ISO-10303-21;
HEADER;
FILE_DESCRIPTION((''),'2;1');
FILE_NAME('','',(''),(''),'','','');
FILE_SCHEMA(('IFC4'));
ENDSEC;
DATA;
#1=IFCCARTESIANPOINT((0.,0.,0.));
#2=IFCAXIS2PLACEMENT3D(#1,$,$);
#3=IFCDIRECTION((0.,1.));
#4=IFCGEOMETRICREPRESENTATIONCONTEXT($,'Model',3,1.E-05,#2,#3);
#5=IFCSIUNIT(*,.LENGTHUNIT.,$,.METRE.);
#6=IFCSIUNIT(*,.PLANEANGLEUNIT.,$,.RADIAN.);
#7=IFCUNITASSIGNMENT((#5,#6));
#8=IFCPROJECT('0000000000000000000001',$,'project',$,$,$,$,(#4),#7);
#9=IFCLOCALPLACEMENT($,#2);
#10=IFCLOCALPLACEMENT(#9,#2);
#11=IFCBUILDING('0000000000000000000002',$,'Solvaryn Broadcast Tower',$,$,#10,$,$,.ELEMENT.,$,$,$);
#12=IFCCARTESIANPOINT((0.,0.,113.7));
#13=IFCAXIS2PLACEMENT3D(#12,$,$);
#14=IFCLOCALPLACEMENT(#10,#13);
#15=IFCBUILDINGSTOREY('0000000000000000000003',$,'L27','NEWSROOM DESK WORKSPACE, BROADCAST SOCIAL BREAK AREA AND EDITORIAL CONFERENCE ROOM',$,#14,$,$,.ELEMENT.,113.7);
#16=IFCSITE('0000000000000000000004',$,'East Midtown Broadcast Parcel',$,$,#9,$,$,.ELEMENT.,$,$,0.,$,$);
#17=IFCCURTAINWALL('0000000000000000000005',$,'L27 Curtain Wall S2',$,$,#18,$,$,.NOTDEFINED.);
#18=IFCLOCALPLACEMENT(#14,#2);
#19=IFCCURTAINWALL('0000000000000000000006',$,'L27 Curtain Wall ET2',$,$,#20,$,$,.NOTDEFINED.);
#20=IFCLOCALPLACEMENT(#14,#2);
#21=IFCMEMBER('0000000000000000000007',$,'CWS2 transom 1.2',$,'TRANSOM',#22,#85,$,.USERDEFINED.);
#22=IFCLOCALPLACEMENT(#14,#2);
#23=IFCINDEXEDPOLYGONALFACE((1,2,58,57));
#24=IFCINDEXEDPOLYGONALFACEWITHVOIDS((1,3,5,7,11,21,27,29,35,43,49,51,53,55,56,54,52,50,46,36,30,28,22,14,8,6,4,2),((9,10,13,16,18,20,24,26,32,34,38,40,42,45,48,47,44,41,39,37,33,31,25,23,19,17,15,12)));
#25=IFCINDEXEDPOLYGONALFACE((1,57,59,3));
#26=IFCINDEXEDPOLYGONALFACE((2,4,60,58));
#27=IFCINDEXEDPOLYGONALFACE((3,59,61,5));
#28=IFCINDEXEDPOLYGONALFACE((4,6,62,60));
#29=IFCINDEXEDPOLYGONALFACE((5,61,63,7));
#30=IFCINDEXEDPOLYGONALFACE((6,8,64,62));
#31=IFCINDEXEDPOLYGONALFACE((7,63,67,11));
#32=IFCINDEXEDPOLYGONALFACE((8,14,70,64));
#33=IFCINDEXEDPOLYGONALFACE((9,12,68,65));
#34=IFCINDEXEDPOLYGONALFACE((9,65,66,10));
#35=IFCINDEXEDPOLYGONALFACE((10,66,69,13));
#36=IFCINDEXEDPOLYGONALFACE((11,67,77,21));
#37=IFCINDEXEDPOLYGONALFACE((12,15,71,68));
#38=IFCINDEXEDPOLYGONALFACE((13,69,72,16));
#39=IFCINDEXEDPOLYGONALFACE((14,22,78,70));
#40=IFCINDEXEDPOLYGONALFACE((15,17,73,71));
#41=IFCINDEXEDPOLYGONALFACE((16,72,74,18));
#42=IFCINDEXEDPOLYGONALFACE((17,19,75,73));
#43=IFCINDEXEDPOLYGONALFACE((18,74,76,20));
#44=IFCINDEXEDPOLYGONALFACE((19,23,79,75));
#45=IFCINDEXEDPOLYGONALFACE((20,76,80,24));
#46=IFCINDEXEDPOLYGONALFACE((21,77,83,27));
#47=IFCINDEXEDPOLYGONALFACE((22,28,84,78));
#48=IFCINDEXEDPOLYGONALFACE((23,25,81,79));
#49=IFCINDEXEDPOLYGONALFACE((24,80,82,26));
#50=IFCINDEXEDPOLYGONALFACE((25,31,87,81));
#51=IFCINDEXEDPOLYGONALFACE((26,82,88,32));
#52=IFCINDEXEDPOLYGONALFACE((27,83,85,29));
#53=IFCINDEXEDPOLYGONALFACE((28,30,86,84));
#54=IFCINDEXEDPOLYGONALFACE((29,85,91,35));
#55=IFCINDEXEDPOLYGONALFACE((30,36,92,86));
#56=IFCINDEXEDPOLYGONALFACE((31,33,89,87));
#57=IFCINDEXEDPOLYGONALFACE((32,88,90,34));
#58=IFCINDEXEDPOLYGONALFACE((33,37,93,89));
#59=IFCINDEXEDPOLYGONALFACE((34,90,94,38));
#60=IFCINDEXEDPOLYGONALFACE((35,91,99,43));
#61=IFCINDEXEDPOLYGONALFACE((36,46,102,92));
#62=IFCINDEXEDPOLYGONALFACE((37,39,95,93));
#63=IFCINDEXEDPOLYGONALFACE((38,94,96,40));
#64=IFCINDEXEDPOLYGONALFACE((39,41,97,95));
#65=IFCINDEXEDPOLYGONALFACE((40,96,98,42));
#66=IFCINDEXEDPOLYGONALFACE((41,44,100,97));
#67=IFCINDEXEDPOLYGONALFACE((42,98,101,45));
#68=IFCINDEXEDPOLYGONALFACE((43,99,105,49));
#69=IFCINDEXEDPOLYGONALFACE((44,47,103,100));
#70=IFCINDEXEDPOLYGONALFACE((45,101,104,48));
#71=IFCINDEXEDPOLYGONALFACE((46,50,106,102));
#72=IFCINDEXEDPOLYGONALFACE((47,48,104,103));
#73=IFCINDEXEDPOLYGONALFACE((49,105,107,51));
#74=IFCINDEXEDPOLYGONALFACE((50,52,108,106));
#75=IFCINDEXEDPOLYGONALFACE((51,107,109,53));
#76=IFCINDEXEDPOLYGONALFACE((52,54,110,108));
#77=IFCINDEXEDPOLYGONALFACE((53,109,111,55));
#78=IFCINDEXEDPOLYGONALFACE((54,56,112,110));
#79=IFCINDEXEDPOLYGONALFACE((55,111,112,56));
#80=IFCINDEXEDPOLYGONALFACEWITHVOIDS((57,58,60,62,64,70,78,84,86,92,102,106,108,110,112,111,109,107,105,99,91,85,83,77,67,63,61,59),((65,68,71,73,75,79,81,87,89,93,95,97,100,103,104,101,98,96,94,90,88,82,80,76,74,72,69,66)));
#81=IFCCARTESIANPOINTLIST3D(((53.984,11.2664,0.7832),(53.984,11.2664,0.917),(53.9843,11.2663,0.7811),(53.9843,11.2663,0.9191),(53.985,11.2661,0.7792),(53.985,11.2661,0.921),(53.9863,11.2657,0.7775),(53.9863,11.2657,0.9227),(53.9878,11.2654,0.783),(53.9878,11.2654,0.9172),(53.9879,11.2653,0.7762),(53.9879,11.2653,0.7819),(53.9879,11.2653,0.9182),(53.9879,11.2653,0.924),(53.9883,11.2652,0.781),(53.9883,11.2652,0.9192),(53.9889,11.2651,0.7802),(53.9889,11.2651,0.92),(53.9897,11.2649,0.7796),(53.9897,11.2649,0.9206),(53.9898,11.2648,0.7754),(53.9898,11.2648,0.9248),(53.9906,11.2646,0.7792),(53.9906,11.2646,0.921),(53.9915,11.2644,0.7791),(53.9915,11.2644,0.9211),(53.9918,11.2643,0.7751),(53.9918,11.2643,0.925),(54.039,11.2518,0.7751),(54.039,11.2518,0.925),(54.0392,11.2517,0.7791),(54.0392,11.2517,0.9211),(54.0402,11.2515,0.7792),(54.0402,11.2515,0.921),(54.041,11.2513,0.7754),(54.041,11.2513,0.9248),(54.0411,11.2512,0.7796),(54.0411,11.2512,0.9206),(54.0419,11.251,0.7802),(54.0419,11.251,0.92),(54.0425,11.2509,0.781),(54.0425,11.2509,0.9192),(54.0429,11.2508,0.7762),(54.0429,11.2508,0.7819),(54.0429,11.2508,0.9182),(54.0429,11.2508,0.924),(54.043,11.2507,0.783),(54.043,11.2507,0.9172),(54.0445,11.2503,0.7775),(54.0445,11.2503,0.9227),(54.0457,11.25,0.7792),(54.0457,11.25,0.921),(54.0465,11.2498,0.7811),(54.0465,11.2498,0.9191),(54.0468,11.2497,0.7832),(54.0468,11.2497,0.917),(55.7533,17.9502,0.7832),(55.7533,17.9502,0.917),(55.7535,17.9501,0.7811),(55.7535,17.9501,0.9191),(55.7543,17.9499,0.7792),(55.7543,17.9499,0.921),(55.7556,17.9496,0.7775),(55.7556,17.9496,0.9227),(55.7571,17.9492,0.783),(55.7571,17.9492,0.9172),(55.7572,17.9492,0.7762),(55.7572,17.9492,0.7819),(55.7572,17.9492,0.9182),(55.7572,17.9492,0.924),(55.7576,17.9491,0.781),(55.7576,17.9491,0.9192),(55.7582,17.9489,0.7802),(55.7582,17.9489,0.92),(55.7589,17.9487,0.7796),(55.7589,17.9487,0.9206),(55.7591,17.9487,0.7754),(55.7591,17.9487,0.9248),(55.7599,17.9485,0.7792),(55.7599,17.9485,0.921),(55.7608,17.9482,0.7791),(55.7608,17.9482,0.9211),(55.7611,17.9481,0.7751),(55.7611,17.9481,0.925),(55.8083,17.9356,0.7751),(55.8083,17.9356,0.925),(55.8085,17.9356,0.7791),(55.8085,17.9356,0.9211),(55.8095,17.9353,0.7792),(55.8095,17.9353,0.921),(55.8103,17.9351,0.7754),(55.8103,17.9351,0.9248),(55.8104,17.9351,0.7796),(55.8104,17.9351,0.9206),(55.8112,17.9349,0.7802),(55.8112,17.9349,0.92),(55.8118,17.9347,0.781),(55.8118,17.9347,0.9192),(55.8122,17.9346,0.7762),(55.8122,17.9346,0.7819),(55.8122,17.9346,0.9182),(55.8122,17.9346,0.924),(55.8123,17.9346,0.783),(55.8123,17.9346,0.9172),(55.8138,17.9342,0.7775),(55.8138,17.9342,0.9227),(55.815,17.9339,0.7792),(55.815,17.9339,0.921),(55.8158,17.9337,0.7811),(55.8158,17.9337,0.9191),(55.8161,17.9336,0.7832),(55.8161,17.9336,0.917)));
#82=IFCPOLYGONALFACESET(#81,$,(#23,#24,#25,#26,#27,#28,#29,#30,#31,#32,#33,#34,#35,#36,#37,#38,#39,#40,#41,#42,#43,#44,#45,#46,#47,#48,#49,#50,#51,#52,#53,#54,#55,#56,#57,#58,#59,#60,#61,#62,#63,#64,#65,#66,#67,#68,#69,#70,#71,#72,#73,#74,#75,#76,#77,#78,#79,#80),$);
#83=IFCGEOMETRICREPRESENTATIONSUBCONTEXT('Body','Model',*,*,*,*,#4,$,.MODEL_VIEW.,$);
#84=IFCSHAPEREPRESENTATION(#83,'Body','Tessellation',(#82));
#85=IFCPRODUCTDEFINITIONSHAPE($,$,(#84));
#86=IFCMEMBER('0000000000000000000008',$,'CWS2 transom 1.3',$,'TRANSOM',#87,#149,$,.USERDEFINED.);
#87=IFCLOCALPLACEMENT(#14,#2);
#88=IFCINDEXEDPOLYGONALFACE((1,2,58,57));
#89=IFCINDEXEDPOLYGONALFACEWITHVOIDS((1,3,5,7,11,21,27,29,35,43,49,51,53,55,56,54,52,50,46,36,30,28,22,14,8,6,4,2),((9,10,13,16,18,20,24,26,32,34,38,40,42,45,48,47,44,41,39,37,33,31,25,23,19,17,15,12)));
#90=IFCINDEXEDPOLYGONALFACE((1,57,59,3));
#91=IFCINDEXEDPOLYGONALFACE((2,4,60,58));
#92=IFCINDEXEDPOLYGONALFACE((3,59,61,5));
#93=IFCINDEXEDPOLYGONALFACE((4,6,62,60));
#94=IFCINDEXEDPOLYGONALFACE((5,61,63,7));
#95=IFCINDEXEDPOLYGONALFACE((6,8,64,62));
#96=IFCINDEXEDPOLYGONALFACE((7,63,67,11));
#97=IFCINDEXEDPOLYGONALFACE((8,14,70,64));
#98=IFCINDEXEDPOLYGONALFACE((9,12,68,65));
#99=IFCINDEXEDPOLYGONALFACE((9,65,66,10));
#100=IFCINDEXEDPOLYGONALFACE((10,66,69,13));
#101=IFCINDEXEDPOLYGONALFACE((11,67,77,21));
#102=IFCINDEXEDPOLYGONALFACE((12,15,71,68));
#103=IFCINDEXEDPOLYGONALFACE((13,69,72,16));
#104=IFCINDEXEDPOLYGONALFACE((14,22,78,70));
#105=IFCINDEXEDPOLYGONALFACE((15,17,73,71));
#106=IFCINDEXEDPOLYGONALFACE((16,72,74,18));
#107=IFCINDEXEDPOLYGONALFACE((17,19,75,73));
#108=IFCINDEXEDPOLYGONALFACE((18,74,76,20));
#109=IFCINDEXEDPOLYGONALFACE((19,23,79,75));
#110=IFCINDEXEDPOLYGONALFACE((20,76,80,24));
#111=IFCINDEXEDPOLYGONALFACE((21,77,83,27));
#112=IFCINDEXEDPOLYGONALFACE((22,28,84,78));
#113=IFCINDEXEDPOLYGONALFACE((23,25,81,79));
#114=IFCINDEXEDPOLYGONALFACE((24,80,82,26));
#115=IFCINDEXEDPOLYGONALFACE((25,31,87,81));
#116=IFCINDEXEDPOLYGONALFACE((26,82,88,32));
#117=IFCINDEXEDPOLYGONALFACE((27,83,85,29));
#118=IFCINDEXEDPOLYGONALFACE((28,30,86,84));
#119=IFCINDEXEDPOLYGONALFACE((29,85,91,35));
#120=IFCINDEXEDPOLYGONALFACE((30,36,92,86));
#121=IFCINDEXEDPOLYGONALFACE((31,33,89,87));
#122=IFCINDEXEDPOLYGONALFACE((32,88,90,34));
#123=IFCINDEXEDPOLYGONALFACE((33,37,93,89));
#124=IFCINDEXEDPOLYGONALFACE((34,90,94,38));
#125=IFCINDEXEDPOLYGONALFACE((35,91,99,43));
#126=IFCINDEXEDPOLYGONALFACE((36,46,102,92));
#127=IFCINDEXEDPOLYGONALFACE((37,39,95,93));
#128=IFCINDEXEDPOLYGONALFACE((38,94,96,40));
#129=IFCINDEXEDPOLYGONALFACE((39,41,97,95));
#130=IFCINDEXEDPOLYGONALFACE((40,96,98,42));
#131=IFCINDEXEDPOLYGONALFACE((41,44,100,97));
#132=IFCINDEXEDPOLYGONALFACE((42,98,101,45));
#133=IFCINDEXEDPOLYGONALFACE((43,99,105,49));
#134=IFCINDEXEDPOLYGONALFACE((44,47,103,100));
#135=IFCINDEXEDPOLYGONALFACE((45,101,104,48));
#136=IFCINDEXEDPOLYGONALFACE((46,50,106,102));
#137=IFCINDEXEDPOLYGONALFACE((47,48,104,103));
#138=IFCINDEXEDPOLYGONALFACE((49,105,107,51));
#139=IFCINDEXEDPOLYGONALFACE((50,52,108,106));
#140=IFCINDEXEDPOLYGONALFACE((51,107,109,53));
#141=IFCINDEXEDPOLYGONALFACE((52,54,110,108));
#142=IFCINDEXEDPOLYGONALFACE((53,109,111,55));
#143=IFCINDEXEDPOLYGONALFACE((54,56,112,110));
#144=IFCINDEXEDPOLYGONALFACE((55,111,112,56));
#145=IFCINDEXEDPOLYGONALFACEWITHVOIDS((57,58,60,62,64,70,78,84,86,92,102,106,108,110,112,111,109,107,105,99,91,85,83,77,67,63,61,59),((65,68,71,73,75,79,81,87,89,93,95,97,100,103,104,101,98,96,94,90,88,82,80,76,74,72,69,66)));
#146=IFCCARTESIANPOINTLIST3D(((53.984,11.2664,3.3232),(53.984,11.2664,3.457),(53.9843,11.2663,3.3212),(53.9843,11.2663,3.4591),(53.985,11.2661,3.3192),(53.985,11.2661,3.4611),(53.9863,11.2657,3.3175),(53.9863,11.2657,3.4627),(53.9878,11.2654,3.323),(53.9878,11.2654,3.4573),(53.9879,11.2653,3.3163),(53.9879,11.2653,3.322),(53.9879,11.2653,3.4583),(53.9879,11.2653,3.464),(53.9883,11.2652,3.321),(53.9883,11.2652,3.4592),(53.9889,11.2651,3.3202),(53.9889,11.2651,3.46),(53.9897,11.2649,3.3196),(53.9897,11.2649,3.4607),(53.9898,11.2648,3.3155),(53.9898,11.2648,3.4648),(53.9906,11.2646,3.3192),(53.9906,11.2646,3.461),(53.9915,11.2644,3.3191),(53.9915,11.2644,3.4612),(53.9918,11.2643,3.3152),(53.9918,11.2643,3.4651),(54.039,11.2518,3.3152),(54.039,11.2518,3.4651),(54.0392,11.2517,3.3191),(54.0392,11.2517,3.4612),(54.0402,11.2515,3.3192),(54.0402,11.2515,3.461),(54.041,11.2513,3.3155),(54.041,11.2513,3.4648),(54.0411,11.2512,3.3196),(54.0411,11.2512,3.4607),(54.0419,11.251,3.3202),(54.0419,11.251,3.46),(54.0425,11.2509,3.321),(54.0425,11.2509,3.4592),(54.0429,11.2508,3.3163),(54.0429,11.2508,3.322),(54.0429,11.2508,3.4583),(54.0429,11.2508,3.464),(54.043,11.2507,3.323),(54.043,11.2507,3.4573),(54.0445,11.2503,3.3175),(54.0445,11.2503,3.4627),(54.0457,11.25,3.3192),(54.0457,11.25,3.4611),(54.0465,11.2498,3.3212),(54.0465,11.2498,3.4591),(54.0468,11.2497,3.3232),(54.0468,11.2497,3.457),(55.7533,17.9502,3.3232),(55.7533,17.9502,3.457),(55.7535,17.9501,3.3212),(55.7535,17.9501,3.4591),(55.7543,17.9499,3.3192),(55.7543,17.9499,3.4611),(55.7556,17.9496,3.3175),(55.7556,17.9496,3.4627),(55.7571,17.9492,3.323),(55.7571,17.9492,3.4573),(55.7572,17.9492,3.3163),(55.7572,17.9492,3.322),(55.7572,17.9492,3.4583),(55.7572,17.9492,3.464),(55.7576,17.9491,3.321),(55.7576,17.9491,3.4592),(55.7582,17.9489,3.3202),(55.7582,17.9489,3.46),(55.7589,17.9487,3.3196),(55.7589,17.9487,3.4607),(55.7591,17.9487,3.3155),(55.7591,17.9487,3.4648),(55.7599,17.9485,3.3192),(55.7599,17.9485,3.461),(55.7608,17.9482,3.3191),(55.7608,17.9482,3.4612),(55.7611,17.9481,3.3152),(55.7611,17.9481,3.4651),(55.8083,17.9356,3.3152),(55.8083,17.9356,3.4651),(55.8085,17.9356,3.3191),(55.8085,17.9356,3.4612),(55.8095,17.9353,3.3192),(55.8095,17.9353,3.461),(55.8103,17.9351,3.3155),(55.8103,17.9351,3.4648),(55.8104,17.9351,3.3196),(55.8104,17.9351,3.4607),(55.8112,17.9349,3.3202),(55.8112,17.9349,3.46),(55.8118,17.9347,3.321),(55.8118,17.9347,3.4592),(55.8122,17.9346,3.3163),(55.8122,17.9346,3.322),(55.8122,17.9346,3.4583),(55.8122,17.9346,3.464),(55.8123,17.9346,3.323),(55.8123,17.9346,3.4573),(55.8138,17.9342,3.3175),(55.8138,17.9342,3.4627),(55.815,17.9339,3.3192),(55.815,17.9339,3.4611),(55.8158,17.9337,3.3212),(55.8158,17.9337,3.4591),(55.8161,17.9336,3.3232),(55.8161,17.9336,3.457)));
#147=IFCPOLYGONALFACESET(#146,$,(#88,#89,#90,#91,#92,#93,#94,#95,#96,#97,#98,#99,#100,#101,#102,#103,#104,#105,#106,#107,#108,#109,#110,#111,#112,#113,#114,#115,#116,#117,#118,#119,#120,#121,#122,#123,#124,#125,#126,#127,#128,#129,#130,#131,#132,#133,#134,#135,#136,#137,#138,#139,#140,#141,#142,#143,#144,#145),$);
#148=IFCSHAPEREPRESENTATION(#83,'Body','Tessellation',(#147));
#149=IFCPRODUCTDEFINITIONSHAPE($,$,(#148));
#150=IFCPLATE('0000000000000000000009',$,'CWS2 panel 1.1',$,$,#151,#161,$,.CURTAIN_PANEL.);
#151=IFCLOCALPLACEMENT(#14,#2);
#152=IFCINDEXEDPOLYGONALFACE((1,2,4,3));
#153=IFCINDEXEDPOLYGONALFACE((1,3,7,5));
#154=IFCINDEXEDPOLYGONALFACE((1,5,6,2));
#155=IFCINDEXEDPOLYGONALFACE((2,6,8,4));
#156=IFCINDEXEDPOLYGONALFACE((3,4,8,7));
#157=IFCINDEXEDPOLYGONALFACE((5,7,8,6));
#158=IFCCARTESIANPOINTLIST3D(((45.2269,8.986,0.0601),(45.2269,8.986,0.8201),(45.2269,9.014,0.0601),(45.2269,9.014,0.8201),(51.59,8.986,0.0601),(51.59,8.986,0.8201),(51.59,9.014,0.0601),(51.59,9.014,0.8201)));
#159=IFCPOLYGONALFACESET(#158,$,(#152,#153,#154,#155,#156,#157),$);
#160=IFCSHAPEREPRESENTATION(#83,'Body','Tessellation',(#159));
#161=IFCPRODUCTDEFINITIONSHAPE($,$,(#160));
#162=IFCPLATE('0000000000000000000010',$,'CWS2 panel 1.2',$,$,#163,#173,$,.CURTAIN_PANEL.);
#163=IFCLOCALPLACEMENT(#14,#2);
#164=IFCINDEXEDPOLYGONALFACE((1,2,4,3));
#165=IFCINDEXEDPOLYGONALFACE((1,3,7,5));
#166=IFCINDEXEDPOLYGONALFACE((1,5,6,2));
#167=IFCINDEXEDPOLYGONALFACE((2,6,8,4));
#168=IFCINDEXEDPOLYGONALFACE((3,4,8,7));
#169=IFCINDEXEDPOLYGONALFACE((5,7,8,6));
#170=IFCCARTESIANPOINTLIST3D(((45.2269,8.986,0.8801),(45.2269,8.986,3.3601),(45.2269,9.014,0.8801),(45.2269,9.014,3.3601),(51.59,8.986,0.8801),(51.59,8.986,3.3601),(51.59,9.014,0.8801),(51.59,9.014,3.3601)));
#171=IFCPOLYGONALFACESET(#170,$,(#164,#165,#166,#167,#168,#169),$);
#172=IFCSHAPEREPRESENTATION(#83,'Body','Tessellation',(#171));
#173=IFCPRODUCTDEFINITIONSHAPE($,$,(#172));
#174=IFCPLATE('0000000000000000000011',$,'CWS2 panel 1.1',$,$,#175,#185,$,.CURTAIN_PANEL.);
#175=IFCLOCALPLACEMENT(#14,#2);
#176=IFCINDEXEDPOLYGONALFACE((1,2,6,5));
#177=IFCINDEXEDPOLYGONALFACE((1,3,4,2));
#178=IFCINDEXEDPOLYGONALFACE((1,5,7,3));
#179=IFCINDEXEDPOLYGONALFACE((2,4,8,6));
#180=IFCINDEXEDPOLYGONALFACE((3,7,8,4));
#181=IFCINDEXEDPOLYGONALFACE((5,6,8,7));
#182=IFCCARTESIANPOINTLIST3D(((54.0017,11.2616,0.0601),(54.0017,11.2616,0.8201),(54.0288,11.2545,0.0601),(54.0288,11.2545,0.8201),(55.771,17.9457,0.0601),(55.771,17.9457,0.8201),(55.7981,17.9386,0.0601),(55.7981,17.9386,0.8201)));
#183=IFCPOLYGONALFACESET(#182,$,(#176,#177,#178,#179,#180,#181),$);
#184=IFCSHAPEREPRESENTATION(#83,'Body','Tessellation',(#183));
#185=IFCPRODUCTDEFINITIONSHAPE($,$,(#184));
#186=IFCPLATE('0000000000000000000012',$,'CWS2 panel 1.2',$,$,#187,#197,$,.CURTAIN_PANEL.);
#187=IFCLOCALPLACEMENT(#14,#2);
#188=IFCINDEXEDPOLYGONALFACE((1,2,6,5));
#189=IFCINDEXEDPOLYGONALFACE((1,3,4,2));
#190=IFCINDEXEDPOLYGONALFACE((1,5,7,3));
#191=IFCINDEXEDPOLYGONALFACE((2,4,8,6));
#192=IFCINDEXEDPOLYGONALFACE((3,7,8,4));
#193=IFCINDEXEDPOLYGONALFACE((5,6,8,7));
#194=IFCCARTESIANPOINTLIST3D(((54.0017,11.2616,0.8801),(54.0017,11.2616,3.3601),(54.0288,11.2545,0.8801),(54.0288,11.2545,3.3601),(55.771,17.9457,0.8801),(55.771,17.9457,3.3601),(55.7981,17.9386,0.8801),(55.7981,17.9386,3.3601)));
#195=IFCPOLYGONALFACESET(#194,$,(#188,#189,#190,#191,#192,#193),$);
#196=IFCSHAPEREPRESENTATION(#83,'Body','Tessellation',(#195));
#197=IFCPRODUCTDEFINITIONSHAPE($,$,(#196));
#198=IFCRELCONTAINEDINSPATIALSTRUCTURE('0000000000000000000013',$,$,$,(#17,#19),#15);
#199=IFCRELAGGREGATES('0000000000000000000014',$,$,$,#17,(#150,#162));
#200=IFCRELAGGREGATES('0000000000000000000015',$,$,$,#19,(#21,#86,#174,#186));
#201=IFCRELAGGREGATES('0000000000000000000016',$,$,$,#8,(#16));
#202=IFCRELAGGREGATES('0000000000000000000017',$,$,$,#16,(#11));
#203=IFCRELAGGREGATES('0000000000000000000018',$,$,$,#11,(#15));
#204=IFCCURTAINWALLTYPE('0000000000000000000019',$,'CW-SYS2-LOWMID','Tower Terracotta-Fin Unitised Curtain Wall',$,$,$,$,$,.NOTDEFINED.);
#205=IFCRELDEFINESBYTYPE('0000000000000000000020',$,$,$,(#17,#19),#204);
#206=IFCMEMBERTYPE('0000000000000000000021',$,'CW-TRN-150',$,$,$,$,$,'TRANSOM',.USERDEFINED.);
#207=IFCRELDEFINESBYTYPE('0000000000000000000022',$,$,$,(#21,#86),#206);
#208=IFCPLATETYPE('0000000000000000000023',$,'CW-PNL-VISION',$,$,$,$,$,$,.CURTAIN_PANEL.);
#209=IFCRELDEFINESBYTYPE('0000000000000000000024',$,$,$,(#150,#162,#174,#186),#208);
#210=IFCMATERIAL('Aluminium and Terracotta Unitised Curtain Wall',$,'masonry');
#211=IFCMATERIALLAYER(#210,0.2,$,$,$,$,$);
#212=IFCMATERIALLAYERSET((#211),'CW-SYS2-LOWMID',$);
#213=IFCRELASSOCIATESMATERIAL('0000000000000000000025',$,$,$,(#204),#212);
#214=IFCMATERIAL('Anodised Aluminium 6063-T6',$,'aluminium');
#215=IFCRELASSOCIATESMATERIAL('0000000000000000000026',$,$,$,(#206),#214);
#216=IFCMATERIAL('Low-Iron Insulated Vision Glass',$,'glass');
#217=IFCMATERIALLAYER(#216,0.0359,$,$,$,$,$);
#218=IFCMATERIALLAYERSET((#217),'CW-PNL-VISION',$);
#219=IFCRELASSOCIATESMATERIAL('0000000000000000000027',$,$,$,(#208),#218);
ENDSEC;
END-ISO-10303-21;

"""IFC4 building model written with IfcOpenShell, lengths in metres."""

from ifc_helpers import new_model, si_unit, direction, frame, origin, origin_2d, place, context, subcontext, project, spatial, rectangle, hollow_rectangle, extrude, material, layer, layer_set, material_profile, profile_set, type_object, element, aggregate, save


model = new_model("IFC4")

# Units and contexts
model_context = context("Model", 3, precision=1e-05, world=origin(), true_north=direction((0.0, 1.0)))
body_context = subcontext(model_context, "Body", "Model", "MODEL_VIEW")
ifc_project = project(units=[si_unit("LENGTHUNIT", "METRE"), si_unit("PLANEANGLEUNIT", "RADIAN")], contexts=[model_context])

# Site, building, storey
site_placement = place(None, origin())
site = spatial("IfcSite", under=ifc_project, at=site_placement, Name="East Midtown Broadcast Parcel", CompositionType="ELEMENT", RefElevation=0.0)
building_placement = place(site_placement, origin())
building = spatial("IfcBuilding", under=site, at=building_placement, Name="Solvaryn Broadcast Tower", CompositionType="ELEMENT")
storey_placement = place(building_placement, frame((0.0, 0.0, 113.7)))
storey = spatial("IfcBuildingStorey", under=building, at=storey_placement, Name="L27", Description="NEWSROOM DESK WORKSPACE, BROADCAST SOCIAL BREAK AREA AND EDITORIAL CONFERENCE ROOM", CompositionType="ELEMENT", Elevation=113.7)

# Curtain wall
ifc_material_1 = material(Name="Aluminium and Terracotta Unitised Curtain Wall", Category="masonry")
ifc_layer_1 = layer(ifc_material_1, 0.2)
ifc_layer_set_1 = layer_set([ifc_layer_1], Name="CW-SYS2-LOWMID")
curtain_wall_type = type_object("IfcCurtainWallType", Name="CW-SYS2-LOWMID", Description="Tower Terracotta-Fin Unitised Curtain Wall", PredefinedType="NOTDEFINED", material=ifc_layer_set_1)
curtain_wall_1_placement = place(storey_placement, origin())
curtain_wall_1 = element("IfcCurtainWall", 1, at=curtain_wall_1_placement, inside=storey, type_object=curtain_wall_type, Name="L27 Curtain Wall S2", PredefinedType="NOTDEFINED")

# Curtain wall
curtain_wall_2_placement = place(storey_placement, origin())
curtain_wall_2 = element("IfcCurtainWall", 2, at=curtain_wall_2_placement, inside=storey, type_object=curtain_wall_type, Name="L27 Curtain Wall ET2", PredefinedType="NOTDEFINED")

# Members
ifc_material_2 = material(Name="Anodised Aluminium 6063-T6", Category="aluminium")
ifc_material_profile_1 = material_profile(ifc_material_2, hollow_rectangle(XDim=0.0649, YDim=0.1499, WallThickness=0.0039, InnerFilletRadius=0.0039, OuterFilletRadius=0.0081, at=origin_2d()))
ifc_profile_set_1 = profile_set([ifc_material_profile_1], Name="Anodised Aluminium 6063-T6")
member_type_1 = type_object("IfcMemberType", Name="CW-TRN-150", ElementType="TRANSOM", PredefinedType="USERDEFINED", material=ifc_profile_set_1)
member_1_placement = place(storey_placement, frame((55.7847, 17.9419, 0.8501), z_axis=(-0.255897, -0.966704, 0.0), x_axis=(0.966704, -0.255897, 0.0)))
member_1 = element("IfcMember", 3, at=member_1_placement, type_object=member_type_1, Name="CWS2 transom 1.2", ObjectType="TRANSOM", PredefinedType="USERDEFINED", context=body_context, shape_type="SweptSolid", body=[
    extrude(hollow_rectangle(XDim=0.0649, YDim=0.1499, WallThickness=0.0039, InnerFilletRadius=0.0039, OuterFilletRadius=0.0081, at=origin_2d()), origin(), (0.0, 0.0, 1.0), 6.9141),
])
member_2_placement = place(storey_placement, frame((55.7847, 17.9419, 3.3901), z_axis=(-0.255897, -0.966704, 0.0), x_axis=(0.966704, -0.255897, 0.0)))
member_2 = element("IfcMember", 4, at=member_2_placement, type_object=member_type_1, Name="CWS2 transom 1.3", ObjectType="TRANSOM", PredefinedType="USERDEFINED", context=body_context, shape_type="SweptSolid", body=[
    extrude(hollow_rectangle(XDim=0.0649, YDim=0.1499, WallThickness=0.0039, InnerFilletRadius=0.0039, OuterFilletRadius=0.0081, at=origin_2d()), origin(), (0.0, 0.0, 1.0), 6.9141),
])

# Plates
ifc_material_3 = material(Name="Low-Iron Insulated Vision Glass", Category="glass")
ifc_layer_2 = layer(ifc_material_3, 0.0359)
ifc_layer_set_2 = layer_set([ifc_layer_2], Name="CW-PNL-VISION")
plate_type = type_object("IfcPlateType", Name="CW-PNL-VISION", PredefinedType="CURTAIN_PANEL", material=ifc_layer_set_2)
plate_1_placement = place(storey_placement, frame((48.4084, 9.0, 0.0601), z_axis=(0.0, 0.0, 1.0), x_axis=(1.0, 0.0, 0.0)))
plate_1 = element("IfcPlate", 5, at=plate_1_placement, type_object=plate_type, Name="CWS2 panel 1.1", PredefinedType="CURTAIN_PANEL", context=body_context, shape_type="SweptSolid", body=[
    extrude(rectangle(XDim=6.363, YDim=0.0281, at=origin_2d()), origin(), (0.0, 0.0, 1.0), 0.76),
])
plate_2_placement = place(storey_placement, frame((48.4084, 9.0, 0.8801), z_axis=(0.0, 0.0, 1.0), x_axis=(1.0, 0.0, 0.0)))
plate_2 = element("IfcPlate", 6, at=plate_2_placement, type_object=plate_type, Name="CWS2 panel 1.2", PredefinedType="CURTAIN_PANEL", context=body_context, shape_type="SweptSolid", body=[
    extrude(rectangle(XDim=6.363, YDim=0.0281, at=origin_2d()), origin(), (0.0, 0.0, 1.0), 2.48),
])
aggregate(curtain_wall_1, [plate_1, plate_2])
plate_3_placement = place(storey_placement, frame((54.8999, 14.6001, 0.0601), z_axis=(0.0, 0.0, 1.0), x_axis=(-0.255893, -0.966705, 0.0)))
plate_3 = element("IfcPlate", 7, at=plate_3_placement, type_object=plate_type, Name="CWS2 panel 1.1", PredefinedType="CURTAIN_PANEL", context=body_context, shape_type="SweptSolid", body=[
    extrude(rectangle(XDim=6.9143, YDim=0.0281, at=origin_2d()), origin(), (0.0, 0.0, 1.0), 0.76),
])
plate_4_placement = place(storey_placement, frame((54.8999, 14.6001, 0.8801), z_axis=(0.0, 0.0, 1.0), x_axis=(-0.255893, -0.966705, 0.0)))
plate_4 = element("IfcPlate", 8, at=plate_4_placement, type_object=plate_type, Name="CWS2 panel 1.2", PredefinedType="CURTAIN_PANEL", context=body_context, shape_type="SweptSolid", body=[
    extrude(rectangle(XDim=6.9143, YDim=0.0281, at=origin_2d()), origin(), (0.0, 0.0, 1.0), 2.48),
])
aggregate(curtain_wall_2, [member_1, member_2, plate_3, plate_4])

save(model, "model.ifc")
